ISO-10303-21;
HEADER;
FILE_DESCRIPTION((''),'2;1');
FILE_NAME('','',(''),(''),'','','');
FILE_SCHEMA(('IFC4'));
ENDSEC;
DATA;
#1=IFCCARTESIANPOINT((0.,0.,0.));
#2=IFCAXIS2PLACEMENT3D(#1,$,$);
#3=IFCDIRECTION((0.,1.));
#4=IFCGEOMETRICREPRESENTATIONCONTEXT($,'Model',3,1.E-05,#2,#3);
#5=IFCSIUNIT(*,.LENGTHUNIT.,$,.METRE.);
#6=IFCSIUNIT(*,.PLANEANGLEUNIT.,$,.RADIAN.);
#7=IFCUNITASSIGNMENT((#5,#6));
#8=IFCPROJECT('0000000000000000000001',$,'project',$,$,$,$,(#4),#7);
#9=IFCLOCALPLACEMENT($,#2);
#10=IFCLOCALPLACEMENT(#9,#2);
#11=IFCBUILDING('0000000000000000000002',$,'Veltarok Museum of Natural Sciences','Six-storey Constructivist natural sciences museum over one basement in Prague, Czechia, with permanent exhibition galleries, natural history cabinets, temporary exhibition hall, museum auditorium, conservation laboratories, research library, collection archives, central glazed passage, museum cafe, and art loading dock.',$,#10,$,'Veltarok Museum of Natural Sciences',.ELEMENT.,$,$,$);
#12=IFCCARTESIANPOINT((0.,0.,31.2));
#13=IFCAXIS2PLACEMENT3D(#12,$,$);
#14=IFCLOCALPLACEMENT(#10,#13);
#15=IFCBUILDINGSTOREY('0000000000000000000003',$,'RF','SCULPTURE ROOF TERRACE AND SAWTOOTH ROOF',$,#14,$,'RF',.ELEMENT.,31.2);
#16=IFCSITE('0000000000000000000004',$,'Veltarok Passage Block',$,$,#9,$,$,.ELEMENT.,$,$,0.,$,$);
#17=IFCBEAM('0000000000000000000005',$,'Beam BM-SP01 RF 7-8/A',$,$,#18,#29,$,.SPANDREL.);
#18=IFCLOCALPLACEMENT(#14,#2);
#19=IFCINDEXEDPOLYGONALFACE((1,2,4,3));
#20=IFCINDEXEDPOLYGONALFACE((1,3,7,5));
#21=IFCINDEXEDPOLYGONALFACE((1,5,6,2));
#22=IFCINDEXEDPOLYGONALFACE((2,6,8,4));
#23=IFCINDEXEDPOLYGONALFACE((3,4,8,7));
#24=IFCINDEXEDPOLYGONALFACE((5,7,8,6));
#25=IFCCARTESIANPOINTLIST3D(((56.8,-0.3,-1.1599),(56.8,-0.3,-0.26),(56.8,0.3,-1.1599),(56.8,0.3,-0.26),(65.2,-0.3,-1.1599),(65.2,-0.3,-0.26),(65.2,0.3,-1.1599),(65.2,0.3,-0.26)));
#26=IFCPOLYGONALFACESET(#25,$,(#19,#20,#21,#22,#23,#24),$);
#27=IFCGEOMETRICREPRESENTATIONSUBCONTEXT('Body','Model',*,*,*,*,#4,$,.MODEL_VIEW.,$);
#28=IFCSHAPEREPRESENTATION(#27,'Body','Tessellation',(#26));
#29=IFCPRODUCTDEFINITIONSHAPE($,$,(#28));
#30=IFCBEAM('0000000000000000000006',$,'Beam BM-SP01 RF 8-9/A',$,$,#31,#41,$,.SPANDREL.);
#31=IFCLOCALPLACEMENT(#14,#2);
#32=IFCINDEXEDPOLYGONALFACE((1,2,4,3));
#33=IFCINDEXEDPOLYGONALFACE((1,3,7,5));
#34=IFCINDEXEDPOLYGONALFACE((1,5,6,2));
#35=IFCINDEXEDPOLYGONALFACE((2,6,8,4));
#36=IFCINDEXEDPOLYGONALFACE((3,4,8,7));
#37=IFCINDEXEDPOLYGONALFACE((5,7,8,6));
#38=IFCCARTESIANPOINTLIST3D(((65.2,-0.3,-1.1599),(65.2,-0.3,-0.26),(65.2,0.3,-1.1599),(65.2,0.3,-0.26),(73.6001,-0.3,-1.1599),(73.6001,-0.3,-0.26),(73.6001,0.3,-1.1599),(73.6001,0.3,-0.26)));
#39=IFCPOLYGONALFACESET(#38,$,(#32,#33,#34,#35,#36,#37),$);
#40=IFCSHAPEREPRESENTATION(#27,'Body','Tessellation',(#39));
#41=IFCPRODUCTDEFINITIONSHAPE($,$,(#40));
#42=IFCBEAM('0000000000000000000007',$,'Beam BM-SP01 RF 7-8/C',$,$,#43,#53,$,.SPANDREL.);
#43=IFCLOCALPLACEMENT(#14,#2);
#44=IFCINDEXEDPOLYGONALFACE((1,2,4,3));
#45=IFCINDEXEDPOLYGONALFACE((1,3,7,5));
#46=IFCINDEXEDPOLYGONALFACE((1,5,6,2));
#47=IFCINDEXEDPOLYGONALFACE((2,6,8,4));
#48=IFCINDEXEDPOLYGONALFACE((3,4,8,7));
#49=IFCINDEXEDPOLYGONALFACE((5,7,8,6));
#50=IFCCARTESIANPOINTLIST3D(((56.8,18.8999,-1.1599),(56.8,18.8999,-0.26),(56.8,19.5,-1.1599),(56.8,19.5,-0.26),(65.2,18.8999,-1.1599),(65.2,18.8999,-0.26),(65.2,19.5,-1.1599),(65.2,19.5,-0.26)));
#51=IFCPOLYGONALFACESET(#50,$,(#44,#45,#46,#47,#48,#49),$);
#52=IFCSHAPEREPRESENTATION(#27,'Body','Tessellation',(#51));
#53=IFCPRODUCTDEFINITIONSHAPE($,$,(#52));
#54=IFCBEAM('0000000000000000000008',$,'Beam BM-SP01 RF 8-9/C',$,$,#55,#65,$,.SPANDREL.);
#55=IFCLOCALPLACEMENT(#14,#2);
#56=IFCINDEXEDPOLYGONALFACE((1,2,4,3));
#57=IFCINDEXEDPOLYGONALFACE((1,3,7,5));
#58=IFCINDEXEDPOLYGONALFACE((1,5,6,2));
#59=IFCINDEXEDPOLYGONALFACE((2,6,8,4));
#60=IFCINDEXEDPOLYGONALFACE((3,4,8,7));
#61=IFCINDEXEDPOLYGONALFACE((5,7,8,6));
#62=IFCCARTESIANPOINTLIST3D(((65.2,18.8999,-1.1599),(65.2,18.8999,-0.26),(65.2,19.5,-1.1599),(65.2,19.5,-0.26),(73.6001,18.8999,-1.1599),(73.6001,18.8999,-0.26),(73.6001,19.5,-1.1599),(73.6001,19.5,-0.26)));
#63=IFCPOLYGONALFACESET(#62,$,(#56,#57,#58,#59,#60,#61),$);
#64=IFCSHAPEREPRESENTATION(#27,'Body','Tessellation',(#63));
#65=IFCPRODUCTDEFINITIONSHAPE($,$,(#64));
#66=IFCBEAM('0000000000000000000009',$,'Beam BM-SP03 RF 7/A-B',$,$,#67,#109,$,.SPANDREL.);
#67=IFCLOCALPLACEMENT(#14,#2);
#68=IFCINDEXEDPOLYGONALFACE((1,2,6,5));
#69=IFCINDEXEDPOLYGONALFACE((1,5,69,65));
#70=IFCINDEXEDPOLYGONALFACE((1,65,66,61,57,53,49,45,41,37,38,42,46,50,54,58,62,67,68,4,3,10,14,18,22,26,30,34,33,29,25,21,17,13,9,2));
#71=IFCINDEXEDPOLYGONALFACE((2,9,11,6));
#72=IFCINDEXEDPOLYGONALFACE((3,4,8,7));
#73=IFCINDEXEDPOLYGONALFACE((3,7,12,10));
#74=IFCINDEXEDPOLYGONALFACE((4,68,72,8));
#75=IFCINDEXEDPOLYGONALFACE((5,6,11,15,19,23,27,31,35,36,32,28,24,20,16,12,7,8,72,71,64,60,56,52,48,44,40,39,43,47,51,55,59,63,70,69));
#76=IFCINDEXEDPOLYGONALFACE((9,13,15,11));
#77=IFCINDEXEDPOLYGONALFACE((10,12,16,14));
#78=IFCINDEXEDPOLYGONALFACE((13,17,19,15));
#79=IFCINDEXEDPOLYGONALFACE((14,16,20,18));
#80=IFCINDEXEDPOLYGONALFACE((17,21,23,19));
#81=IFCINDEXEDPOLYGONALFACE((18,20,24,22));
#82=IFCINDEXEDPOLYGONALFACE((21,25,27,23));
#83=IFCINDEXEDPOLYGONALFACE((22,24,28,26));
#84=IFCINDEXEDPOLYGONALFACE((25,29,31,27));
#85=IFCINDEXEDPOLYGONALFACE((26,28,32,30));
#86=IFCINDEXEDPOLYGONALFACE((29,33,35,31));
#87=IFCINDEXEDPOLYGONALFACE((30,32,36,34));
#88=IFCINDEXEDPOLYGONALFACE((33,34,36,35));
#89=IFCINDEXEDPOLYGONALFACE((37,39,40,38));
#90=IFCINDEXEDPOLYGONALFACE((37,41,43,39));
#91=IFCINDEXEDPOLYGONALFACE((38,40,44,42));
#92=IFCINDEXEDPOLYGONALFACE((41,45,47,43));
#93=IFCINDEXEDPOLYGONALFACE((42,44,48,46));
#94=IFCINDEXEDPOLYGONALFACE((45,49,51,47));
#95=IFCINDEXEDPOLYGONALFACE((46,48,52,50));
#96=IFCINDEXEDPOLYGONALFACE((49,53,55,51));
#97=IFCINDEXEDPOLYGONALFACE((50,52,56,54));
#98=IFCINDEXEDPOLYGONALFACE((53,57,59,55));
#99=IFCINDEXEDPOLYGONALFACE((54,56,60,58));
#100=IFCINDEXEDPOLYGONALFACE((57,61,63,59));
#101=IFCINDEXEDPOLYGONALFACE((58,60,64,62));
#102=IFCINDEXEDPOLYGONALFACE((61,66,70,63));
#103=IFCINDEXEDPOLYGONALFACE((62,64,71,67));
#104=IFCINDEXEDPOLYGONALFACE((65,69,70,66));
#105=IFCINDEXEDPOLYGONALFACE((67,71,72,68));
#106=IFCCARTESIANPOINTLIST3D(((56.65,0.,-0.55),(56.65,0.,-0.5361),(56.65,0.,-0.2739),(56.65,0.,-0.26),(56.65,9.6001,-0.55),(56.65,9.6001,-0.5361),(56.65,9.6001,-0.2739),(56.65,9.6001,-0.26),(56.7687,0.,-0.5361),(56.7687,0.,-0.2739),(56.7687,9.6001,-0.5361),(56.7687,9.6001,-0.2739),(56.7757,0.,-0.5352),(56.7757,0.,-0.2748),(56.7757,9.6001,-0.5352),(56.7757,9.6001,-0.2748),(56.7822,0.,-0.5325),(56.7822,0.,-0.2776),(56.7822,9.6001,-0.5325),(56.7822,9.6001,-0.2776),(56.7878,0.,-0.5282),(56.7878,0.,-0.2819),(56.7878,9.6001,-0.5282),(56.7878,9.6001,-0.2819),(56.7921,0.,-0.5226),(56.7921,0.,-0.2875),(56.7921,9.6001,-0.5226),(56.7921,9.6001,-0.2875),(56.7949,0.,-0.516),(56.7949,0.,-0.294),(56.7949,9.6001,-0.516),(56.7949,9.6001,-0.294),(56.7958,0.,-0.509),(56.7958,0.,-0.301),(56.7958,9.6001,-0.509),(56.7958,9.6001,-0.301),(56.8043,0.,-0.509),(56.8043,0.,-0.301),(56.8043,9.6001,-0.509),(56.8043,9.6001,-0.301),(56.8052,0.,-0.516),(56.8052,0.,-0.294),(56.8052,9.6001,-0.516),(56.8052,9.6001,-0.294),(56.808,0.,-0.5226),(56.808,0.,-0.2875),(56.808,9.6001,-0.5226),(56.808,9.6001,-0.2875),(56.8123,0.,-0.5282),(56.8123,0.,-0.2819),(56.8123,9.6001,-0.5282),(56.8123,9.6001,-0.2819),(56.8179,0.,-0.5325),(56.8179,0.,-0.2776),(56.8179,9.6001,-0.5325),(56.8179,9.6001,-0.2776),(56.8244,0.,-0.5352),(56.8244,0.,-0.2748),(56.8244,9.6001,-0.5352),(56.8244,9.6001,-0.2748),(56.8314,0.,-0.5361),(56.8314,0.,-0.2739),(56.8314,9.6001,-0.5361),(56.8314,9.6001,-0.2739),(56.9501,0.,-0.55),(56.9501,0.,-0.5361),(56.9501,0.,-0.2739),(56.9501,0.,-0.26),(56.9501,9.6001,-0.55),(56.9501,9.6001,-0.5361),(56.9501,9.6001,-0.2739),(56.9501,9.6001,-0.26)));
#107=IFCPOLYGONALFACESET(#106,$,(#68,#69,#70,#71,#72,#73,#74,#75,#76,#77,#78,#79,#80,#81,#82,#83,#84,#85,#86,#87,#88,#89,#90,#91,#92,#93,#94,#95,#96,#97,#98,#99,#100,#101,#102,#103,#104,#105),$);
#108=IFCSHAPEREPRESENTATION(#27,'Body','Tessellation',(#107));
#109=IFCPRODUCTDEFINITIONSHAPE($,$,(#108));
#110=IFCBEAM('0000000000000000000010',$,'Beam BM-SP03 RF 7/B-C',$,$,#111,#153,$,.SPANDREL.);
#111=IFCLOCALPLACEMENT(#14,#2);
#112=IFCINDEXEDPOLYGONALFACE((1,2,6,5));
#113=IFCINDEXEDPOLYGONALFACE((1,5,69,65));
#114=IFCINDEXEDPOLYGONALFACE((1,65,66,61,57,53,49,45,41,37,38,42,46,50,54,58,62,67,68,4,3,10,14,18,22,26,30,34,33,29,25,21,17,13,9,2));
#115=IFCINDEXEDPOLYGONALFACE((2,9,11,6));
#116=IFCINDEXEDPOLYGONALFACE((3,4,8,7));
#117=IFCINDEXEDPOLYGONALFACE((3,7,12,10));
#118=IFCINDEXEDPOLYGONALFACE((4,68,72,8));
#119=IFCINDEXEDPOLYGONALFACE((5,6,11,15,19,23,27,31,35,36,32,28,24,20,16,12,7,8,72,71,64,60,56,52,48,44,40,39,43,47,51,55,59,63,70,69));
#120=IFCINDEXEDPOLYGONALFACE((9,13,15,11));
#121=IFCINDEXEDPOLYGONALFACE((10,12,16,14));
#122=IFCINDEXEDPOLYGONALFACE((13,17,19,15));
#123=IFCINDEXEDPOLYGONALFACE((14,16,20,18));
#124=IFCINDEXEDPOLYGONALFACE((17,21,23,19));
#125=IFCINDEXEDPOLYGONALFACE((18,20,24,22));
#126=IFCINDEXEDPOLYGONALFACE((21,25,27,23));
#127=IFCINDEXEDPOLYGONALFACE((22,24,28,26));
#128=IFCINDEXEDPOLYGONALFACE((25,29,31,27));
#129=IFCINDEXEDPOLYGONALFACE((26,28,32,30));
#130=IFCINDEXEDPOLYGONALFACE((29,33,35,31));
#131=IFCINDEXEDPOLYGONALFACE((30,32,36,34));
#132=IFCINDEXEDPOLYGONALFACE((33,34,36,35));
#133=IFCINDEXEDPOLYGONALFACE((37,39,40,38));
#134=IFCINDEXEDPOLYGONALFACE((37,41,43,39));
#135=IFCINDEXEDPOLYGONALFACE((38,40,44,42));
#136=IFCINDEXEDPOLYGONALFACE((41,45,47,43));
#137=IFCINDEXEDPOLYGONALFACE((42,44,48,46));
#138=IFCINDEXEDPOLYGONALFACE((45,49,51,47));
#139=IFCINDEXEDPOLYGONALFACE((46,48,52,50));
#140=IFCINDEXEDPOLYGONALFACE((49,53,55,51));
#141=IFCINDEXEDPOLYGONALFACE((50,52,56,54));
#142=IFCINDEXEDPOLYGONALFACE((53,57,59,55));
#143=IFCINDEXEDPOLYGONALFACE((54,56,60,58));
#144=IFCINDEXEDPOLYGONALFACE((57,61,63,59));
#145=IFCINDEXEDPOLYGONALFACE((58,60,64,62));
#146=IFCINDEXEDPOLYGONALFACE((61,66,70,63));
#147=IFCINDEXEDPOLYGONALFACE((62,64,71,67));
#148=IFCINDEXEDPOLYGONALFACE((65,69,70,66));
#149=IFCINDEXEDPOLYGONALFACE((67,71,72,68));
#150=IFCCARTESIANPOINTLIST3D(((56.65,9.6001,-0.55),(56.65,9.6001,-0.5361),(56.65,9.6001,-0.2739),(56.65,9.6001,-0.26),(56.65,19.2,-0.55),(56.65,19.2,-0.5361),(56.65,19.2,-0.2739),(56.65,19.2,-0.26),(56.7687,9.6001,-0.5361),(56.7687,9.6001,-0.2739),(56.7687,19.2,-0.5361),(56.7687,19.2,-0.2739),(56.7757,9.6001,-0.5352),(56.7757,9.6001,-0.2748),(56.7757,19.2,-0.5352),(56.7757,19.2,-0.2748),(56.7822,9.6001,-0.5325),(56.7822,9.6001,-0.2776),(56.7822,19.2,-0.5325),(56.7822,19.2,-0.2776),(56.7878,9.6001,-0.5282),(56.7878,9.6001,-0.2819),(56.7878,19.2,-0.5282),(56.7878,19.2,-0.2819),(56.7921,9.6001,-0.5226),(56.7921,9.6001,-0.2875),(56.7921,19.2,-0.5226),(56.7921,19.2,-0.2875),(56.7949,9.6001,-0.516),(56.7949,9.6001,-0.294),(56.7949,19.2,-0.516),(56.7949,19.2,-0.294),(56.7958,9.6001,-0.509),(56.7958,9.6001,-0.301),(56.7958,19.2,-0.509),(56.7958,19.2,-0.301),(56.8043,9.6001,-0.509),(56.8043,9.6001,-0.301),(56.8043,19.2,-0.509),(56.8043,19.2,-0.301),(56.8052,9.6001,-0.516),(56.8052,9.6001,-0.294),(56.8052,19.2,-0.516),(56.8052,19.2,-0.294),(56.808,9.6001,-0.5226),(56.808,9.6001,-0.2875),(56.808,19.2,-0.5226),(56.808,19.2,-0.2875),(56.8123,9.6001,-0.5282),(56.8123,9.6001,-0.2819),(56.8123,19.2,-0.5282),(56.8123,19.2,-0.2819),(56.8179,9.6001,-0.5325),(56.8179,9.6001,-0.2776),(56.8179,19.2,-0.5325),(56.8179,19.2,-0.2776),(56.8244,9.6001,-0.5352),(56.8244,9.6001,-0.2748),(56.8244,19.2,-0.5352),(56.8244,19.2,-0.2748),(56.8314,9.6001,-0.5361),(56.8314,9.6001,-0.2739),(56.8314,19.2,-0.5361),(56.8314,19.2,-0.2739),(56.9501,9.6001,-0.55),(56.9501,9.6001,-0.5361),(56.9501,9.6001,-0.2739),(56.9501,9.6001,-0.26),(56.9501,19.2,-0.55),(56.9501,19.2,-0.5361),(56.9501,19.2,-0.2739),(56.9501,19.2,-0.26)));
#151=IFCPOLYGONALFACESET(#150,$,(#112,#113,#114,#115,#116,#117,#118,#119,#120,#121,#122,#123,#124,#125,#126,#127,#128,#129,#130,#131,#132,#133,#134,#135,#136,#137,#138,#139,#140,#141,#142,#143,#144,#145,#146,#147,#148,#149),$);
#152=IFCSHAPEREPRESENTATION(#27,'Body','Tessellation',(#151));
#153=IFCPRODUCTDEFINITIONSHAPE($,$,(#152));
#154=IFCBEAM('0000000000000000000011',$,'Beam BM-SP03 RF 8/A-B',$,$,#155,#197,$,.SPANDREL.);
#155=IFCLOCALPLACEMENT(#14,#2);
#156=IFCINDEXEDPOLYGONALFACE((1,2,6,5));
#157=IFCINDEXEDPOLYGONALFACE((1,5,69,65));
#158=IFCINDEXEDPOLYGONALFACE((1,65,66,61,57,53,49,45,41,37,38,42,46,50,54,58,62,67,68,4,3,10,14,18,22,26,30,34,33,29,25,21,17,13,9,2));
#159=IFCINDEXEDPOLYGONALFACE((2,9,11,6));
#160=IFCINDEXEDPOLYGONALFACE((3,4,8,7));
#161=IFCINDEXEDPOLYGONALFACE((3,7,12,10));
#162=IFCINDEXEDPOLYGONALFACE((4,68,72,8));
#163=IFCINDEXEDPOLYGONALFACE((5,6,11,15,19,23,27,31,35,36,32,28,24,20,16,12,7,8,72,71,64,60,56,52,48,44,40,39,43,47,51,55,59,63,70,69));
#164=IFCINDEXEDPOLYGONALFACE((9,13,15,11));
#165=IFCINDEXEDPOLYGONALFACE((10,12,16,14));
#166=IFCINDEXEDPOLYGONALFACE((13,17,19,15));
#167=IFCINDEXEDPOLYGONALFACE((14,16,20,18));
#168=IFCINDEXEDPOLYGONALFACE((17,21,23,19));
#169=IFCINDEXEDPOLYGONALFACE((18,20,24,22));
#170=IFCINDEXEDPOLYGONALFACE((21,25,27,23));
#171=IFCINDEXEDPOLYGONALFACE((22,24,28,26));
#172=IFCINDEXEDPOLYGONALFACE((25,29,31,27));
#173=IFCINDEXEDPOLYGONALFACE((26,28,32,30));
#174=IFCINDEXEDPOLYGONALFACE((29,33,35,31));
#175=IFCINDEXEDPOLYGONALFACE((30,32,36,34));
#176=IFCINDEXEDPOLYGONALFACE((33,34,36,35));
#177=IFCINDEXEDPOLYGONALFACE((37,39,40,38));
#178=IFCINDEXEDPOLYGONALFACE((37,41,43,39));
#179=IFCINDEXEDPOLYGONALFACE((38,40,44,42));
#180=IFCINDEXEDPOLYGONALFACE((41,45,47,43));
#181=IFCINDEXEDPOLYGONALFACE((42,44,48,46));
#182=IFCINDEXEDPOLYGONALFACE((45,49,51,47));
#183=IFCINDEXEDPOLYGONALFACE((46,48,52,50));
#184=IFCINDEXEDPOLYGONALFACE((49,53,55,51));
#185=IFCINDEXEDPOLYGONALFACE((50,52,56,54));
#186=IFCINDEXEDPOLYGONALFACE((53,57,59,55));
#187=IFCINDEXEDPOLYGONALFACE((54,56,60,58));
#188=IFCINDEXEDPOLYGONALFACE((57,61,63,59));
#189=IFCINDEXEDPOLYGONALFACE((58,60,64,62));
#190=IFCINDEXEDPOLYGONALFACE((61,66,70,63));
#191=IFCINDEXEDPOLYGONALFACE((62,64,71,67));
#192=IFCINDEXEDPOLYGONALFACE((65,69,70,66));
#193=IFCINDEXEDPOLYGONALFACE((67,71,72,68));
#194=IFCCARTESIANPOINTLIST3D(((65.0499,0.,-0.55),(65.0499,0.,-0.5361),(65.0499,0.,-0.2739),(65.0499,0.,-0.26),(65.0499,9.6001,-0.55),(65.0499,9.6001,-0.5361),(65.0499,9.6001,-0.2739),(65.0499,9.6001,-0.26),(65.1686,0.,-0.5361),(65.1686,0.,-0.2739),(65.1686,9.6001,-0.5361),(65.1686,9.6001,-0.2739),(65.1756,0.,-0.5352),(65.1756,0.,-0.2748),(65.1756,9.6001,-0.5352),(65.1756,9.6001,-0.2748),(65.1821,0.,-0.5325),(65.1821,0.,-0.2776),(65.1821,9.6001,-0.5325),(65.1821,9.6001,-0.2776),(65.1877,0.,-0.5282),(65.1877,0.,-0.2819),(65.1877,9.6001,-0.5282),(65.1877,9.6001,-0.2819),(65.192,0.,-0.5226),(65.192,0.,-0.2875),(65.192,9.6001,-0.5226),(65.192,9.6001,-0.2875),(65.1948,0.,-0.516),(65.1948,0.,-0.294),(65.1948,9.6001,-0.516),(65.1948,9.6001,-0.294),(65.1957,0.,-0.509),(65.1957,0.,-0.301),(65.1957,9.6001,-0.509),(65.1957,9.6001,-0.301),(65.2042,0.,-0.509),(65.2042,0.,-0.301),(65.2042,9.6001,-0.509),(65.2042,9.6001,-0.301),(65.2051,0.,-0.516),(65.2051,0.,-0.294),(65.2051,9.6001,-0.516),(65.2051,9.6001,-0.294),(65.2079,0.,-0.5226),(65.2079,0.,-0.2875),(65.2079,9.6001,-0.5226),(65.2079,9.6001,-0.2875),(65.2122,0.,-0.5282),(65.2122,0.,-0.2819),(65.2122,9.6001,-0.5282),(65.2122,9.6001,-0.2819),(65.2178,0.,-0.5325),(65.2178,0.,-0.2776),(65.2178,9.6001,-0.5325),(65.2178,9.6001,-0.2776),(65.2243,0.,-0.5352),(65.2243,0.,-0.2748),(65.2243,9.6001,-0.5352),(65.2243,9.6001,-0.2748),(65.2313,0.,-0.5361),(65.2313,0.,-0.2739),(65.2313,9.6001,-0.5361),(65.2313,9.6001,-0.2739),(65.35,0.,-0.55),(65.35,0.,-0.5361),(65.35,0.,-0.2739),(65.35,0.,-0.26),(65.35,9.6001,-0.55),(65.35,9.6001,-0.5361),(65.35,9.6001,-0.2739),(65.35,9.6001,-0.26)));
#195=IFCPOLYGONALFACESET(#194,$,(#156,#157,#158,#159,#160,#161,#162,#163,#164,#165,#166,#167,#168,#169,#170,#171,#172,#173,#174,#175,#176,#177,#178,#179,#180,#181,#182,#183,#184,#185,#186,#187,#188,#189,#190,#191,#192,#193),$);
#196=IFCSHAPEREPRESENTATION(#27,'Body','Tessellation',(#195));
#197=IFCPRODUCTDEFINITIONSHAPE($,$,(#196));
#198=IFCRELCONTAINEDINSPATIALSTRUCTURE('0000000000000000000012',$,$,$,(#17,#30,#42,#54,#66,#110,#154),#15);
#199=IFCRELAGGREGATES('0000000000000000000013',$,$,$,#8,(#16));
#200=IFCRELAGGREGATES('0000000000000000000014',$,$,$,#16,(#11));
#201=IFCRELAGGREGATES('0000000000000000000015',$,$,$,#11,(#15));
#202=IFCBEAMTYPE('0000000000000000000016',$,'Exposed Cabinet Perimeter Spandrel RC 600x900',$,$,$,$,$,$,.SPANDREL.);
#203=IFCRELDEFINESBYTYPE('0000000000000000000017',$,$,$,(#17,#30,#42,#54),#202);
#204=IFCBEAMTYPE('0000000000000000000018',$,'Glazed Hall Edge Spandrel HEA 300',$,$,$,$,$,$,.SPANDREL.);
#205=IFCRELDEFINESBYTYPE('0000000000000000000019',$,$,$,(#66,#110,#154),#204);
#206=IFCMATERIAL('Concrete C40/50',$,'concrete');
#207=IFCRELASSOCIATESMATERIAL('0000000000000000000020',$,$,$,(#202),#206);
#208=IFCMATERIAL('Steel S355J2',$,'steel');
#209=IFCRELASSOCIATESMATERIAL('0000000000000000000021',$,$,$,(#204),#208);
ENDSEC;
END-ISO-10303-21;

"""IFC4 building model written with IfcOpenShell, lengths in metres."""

from ifc_helpers import new_model, si_unit, direction, frame, origin, origin_2d, place, context, subcontext, project, spatial, rectangle, i_section, extrude, material, material_profile, profile_set, type_object, element, save


model = new_model("IFC4")

# Units and contexts
model_context = context("Model", 3, precision=1e-05, world=origin(), true_north=direction((0.0, 1.0)))
body_context = subcontext(model_context, "Body", "Model", "MODEL_VIEW")
ifc_project = project(units=[si_unit("LENGTHUNIT", "METRE"), si_unit("PLANEANGLEUNIT", "RADIAN")], contexts=[model_context])

# Site, building, storey
site_placement = place(None, origin())
site = spatial("IfcSite", under=ifc_project, at=site_placement, Name="Veltarok Passage Block", CompositionType="ELEMENT", RefElevation=0.0)
building_placement = place(site_placement, origin())
building = spatial("IfcBuilding", under=site, at=building_placement, Name="Veltarok Museum of Natural Sciences", Description="Six-storey Constructivist natural sciences museum over one basement in Prague, Czechia, with permanent exhibition galleries, natural history cabinets, temporary exhibition hall, museum auditorium, conservation laboratories, research library, collection archives, central glazed passage, museum cafe, and art loading dock.", LongName="Veltarok Museum of Natural Sciences", CompositionType="ELEMENT")
storey_placement = place(building_placement, frame((0.0, 0.0, 31.2)))
storey = spatial("IfcBuildingStorey", under=building, at=storey_placement, Name="RF", Description="SCULPTURE ROOF TERRACE AND SAWTOOTH ROOF", LongName="RF", CompositionType="ELEMENT", Elevation=31.2)

# Beams
ifc_material_1 = material(Name="Concrete C40/50", Category="concrete")
ifc_material_profile_1 = material_profile(ifc_material_1, rectangle(XDim=0.6001, YDim=0.8999, at=origin_2d()), Name="RC 600x900")
ifc_profile_set_1 = profile_set([ifc_material_profile_1], Name="Concrete C40/50")
beam_type_1 = type_object("IfcBeamType", Name="Exposed Cabinet Perimeter Spandrel RC 600x900", PredefinedType="SPANDREL", material=ifc_profile_set_1)
beam_1_placement = place(storey_placement, frame((56.8, 0.0, -0.71), z_axis=(1.0, 0.0, 0.0), x_axis=(0.0, 1.0, 0.0)))
element("IfcBeam", 1, at=beam_1_placement, inside=storey, type_object=beam_type_1, Name="Beam BM-SP01 RF 7-8/A", PredefinedType="SPANDREL", context=body_context, shape_type="SweptSolid", body=[
    extrude(rectangle(XDim=0.6001, YDim=0.8999, at=origin_2d()), origin(), (0.0, 0.0, 1.0), 8.3999),
])
beam_2_placement = place(storey_placement, frame((65.2, 0.0, -0.71), z_axis=(1.0, 0.0, 0.0), x_axis=(0.0, 1.0, 0.0)))
element("IfcBeam", 2, at=beam_2_placement, inside=storey, type_object=beam_type_1, Name="Beam BM-SP01 RF 8-9/A", PredefinedType="SPANDREL", context=body_context, shape_type="SweptSolid", body=[
    extrude(rectangle(XDim=0.6001, YDim=0.8999, at=origin_2d()), origin(), (0.0, 0.0, 1.0), 8.4001),
])
beam_3_placement = place(storey_placement, frame((56.8, 19.2, -0.71), z_axis=(1.0, 0.0, 0.0), x_axis=(0.0, 1.0, 0.0)))
element("IfcBeam", 3, at=beam_3_placement, inside=storey, type_object=beam_type_1, Name="Beam BM-SP01 RF 7-8/C", PredefinedType="SPANDREL", context=body_context, shape_type="SweptSolid", body=[
    extrude(rectangle(XDim=0.6001, YDim=0.8999, at=origin_2d()), origin(), (0.0, 0.0, 1.0), 8.3999),
])
beam_4_placement = place(storey_placement, frame((65.2, 19.2, -0.71), z_axis=(1.0, 0.0, 0.0), x_axis=(0.0, 1.0, 0.0)))
element("IfcBeam", 4, at=beam_4_placement, inside=storey, type_object=beam_type_1, Name="Beam BM-SP01 RF 8-9/C", PredefinedType="SPANDREL", context=body_context, shape_type="SweptSolid", body=[
    extrude(rectangle(XDim=0.6001, YDim=0.8999, at=origin_2d()), origin(), (0.0, 0.0, 1.0), 8.4001),
])
ifc_material_2 = material(Name="Steel S355J2", Category="steel")
ifc_material_profile_2 = material_profile(ifc_material_2, i_section(OverallWidth=0.3, OverallDepth=0.29, WebThickness=0.0085, FlangeThickness=0.0139, FilletRadius=0.0271, at=origin_2d()), Name="HEA 300")
ifc_profile_set_2 = profile_set([ifc_material_profile_2], Name="Steel S355J2")
beam_type_2 = type_object("IfcBeamType", Name="Glazed Hall Edge Spandrel HEA 300", PredefinedType="SPANDREL", material=ifc_profile_set_2)
beam_5_placement = place(storey_placement, frame((56.8, 0.0, -0.405), z_axis=(0.0, 1.0, 0.0), x_axis=(-1.0, 0.0, 0.0)))
element("IfcBeam", 5, at=beam_5_placement, inside=storey, type_object=beam_type_2, Name="Beam BM-SP03 RF 7/A-B", PredefinedType="SPANDREL", context=body_context, shape_type="SweptSolid", body=[
    extrude(i_section(OverallWidth=0.3, OverallDepth=0.29, WebThickness=0.0085, FlangeThickness=0.0139, FilletRadius=0.0271, at=origin_2d()), origin(), (0.0, 0.0, 1.0), 9.6001),
])
beam_6_placement = place(storey_placement, frame((56.8, 9.6001, -0.405), z_axis=(0.0, 1.0, 0.0), x_axis=(-1.0, 0.0, 0.0)))
element("IfcBeam", 6, at=beam_6_placement, inside=storey, type_object=beam_type_2, Name="Beam BM-SP03 RF 7/B-C", PredefinedType="SPANDREL", context=body_context, shape_type="SweptSolid", body=[
    extrude(i_section(OverallWidth=0.3, OverallDepth=0.29, WebThickness=0.0085, FlangeThickness=0.0139, FilletRadius=0.0271, at=origin_2d()), origin(), (0.0, 0.0, 1.0), 9.5999),
])
beam_7_placement = place(storey_placement, frame((65.2, 0.0, -0.405), z_axis=(0.0, 1.0, 0.0), x_axis=(-1.0, 0.0, 0.0)))
element("IfcBeam", 7, at=beam_7_placement, inside=storey, type_object=beam_type_2, Name="Beam BM-SP03 RF 8/A-B", PredefinedType="SPANDREL", context=body_context, shape_type="SweptSolid", body=[
    extrude(i_section(OverallWidth=0.3, OverallDepth=0.29, WebThickness=0.0085, FlangeThickness=0.0139, FilletRadius=0.0271, at=origin_2d()), origin(), (0.0, 0.0, 1.0), 9.6001),
])

save(model, "model.ifc")
